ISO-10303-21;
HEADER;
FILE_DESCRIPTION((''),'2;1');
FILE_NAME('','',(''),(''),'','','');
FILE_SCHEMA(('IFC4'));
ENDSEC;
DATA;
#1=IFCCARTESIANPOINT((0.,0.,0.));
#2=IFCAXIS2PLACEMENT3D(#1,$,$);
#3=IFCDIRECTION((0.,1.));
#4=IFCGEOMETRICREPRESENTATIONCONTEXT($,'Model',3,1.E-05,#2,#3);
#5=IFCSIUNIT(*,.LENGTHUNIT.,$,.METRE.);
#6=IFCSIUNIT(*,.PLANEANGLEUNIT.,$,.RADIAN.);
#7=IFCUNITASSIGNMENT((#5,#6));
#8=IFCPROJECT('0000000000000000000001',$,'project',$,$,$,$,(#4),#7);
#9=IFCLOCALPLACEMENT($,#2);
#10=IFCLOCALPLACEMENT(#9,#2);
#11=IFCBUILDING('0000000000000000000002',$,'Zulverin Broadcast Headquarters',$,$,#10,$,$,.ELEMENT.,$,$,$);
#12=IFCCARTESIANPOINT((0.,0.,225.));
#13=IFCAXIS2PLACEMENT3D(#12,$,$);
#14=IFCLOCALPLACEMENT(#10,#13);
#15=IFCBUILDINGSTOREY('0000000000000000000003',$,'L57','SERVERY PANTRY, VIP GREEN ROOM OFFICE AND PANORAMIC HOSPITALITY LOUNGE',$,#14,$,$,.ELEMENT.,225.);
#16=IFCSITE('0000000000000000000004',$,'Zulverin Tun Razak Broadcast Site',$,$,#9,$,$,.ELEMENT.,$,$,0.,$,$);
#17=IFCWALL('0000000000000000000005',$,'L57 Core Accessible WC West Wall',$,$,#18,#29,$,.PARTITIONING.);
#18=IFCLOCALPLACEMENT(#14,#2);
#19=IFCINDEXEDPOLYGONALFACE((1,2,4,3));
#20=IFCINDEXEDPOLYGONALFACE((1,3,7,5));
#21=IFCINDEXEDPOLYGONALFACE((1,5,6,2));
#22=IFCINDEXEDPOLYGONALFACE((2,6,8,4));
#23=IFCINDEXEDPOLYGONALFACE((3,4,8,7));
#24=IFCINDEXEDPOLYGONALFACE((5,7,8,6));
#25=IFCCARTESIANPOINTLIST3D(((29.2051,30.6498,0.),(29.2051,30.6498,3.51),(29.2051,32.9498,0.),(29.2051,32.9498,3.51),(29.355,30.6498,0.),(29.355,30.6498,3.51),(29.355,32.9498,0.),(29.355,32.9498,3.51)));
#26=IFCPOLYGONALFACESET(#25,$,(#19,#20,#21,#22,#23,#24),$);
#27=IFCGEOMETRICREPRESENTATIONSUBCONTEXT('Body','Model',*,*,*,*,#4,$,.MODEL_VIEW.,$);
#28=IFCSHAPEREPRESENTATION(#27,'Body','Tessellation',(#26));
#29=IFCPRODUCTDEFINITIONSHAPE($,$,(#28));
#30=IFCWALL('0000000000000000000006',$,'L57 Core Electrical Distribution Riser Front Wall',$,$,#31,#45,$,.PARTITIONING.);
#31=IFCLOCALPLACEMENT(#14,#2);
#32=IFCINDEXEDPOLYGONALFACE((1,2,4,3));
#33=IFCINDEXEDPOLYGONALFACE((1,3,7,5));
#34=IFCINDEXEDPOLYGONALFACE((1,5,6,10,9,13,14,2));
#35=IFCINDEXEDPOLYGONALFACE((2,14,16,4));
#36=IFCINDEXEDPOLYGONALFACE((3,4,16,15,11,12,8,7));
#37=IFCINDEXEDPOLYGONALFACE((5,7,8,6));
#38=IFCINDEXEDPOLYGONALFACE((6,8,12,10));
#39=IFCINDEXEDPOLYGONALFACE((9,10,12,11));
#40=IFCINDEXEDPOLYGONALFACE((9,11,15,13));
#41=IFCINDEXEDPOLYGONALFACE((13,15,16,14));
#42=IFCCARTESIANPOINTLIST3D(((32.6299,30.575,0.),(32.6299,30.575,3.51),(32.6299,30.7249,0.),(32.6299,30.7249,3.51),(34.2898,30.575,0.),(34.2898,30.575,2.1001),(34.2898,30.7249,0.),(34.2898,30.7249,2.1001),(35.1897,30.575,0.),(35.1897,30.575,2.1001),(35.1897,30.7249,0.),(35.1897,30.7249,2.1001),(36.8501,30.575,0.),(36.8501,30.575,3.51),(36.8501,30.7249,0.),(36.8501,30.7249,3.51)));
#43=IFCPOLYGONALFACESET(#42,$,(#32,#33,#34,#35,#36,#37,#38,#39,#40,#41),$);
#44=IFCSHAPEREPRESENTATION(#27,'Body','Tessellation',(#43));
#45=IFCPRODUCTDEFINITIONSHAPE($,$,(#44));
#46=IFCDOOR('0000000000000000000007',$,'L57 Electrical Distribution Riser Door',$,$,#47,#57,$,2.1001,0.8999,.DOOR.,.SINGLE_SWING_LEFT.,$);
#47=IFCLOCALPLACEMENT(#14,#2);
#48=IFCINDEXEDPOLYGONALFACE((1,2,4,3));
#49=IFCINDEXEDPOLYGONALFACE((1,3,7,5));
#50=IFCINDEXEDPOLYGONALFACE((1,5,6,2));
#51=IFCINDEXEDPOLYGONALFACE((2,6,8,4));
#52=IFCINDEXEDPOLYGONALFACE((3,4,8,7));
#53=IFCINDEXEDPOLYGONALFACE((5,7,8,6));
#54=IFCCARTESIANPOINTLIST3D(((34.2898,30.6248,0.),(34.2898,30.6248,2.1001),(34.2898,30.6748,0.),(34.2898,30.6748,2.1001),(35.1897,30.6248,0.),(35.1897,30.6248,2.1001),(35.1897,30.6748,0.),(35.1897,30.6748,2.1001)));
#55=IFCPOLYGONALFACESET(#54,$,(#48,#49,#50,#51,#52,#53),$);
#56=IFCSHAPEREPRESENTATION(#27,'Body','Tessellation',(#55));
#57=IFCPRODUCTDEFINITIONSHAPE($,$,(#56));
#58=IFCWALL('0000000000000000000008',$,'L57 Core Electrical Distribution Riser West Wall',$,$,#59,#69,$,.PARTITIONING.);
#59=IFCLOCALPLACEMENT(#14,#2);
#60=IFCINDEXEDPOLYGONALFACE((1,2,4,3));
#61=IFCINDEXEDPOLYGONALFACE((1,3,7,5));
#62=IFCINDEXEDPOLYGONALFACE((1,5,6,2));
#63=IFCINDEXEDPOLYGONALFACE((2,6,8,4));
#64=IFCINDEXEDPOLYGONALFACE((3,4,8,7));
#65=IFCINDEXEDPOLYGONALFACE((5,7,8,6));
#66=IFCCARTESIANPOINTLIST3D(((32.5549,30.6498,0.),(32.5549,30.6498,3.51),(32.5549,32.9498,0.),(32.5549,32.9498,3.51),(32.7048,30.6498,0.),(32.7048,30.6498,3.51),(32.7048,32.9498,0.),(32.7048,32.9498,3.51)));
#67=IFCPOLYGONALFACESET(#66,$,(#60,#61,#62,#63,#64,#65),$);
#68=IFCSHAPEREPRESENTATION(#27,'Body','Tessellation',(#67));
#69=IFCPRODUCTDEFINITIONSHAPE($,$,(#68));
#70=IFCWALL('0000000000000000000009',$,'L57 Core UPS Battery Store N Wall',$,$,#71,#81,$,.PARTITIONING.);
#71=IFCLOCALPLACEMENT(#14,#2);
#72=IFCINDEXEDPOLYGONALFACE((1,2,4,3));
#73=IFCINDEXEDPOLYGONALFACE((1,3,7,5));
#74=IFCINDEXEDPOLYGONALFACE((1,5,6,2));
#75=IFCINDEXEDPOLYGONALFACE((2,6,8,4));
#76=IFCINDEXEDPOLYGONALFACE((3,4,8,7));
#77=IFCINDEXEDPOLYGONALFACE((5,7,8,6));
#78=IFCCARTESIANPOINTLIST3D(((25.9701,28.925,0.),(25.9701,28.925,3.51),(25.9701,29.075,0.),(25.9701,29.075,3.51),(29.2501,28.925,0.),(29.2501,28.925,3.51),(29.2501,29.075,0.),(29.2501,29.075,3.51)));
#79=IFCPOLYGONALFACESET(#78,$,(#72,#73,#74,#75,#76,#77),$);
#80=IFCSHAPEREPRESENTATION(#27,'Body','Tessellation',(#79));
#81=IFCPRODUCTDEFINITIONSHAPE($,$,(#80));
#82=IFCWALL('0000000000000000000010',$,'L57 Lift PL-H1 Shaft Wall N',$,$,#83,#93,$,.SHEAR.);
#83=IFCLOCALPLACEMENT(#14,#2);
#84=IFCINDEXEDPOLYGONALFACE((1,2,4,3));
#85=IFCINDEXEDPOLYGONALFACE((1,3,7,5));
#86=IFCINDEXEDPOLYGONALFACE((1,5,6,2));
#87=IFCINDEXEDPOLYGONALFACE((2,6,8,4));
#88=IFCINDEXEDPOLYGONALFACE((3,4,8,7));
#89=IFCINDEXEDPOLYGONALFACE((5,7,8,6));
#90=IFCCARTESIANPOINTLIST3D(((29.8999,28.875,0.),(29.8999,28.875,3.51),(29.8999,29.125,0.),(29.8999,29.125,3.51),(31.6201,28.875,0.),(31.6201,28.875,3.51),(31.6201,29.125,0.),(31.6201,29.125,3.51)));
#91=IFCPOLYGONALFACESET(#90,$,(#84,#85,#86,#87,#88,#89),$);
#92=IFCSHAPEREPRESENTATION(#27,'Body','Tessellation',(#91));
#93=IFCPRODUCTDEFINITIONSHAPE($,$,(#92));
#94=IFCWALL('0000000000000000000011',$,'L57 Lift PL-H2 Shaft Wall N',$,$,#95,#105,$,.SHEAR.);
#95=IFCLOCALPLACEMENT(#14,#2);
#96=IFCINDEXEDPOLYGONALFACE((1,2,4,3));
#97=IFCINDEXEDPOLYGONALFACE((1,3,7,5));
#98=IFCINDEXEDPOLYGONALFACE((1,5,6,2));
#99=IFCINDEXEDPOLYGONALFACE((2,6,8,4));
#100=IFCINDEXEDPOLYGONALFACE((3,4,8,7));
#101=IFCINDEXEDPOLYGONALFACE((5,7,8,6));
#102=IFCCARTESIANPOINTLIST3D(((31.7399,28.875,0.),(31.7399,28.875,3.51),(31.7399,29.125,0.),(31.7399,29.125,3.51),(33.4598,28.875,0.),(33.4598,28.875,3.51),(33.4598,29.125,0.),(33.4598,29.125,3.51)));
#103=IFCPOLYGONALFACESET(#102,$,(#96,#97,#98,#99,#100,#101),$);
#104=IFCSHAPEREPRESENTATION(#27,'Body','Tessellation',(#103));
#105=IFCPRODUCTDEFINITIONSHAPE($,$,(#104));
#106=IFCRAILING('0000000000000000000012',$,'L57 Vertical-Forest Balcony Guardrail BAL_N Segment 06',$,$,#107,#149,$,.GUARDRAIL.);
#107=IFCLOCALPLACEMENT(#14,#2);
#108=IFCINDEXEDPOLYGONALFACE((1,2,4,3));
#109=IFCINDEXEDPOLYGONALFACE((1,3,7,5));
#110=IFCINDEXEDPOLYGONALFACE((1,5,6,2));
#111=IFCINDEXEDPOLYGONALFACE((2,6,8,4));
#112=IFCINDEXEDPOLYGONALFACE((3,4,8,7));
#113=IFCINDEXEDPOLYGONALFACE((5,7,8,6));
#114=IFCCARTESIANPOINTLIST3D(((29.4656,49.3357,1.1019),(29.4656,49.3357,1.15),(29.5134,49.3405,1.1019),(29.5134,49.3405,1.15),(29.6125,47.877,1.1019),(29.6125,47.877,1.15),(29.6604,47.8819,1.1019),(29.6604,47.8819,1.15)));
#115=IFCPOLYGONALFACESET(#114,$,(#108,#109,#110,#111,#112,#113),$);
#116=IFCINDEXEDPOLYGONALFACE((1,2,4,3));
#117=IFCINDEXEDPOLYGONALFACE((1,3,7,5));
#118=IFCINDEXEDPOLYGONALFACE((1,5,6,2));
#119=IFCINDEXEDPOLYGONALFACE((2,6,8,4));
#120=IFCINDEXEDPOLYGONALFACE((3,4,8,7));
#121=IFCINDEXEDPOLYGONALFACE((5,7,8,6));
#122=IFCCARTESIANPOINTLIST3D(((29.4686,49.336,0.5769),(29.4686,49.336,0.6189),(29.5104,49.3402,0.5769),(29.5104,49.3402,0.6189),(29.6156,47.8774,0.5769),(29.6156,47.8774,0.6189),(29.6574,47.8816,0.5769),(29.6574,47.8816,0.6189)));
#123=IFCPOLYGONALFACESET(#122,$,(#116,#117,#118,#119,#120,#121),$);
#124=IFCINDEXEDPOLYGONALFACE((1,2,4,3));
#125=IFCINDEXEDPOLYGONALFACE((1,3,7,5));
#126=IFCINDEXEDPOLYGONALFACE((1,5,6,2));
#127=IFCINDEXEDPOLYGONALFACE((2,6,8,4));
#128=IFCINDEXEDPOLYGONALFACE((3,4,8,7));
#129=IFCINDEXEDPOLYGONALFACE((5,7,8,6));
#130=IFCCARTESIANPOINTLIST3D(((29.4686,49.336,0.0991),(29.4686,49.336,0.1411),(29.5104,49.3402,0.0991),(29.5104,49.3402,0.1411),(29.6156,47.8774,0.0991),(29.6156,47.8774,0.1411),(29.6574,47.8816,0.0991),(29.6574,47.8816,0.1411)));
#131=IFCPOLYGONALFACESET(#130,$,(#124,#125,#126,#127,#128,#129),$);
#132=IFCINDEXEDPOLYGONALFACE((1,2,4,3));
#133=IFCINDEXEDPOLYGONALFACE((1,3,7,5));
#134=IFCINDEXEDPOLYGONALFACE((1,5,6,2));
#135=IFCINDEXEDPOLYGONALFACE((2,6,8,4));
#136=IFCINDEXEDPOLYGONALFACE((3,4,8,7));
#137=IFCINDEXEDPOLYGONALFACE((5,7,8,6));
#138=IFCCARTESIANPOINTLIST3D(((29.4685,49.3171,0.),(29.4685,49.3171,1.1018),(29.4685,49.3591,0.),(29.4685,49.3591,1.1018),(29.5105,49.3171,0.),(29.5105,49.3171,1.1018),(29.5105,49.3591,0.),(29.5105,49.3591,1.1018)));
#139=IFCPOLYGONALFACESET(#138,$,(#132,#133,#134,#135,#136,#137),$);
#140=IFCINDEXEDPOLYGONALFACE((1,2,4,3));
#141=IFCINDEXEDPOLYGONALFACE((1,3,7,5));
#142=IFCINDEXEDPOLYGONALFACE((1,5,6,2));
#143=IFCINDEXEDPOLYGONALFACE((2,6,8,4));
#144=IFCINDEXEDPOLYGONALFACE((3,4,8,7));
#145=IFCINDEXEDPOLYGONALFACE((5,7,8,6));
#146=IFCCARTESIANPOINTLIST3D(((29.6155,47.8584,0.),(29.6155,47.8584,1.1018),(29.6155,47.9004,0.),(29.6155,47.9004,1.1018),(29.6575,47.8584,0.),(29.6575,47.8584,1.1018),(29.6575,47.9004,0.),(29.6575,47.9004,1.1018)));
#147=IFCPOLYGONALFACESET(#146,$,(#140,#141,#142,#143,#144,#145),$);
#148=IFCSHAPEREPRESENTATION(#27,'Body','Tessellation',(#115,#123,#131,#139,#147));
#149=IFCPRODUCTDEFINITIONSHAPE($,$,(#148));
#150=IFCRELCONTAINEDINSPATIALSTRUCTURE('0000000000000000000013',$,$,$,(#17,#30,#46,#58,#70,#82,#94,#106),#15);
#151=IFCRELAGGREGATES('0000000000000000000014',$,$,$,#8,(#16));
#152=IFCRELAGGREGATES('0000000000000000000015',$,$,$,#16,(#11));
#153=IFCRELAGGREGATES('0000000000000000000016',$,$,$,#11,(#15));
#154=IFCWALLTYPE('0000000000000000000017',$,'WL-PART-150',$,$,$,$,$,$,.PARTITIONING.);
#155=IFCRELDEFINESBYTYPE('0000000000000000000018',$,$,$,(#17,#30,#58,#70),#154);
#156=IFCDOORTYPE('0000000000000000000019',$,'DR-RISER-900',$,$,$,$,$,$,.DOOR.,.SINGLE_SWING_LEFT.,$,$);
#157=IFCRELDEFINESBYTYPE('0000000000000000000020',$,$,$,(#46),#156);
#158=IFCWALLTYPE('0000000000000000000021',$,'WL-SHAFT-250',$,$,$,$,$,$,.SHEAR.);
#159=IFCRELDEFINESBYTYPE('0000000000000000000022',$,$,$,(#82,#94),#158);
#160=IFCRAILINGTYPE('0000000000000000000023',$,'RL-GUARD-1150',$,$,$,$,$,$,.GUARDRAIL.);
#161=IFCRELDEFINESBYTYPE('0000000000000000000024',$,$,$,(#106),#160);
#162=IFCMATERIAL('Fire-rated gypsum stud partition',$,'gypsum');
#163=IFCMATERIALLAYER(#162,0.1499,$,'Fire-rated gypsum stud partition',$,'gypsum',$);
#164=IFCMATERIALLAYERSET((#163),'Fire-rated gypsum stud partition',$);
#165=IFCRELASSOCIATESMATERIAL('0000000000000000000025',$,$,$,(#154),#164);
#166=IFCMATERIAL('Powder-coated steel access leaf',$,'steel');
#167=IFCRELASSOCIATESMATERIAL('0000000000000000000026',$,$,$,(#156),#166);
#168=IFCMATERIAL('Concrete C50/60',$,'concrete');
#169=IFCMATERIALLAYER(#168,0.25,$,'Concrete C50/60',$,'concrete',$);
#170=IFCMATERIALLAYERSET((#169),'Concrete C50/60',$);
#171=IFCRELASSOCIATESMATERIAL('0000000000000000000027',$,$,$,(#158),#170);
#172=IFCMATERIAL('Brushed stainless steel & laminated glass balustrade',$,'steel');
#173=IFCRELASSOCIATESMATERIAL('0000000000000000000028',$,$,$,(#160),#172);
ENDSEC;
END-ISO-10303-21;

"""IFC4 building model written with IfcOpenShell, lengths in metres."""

from ifc_helpers import new_model, si_unit, direction, frame, frame_2d, origin, origin_2d, place, context, subcontext, project, spatial, rectangle, extrude, material, layer, layer_set, type_object, element, fill, save


model = new_model("IFC4")

# Units and contexts
model_context = context("Model", 3, precision=1e-05, world=origin(), true_north=direction((0.0, 1.0)))
body_context = subcontext(model_context, "Body", "Model", "MODEL_VIEW")
ifc_project = project(units=[si_unit("LENGTHUNIT", "METRE"), si_unit("PLANEANGLEUNIT", "RADIAN")], contexts=[model_context])

# Site, building, storey
site_placement = place(None, origin())
site = spatial("IfcSite", under=ifc_project, at=site_placement, Name="Zulverin Tun Razak Broadcast Site", CompositionType="ELEMENT", RefElevation=0.0)
building_placement = place(site_placement, origin())
building = spatial("IfcBuilding", under=site, at=building_placement, Name="Zulverin Broadcast Headquarters", CompositionType="ELEMENT")
storey_placement = place(building_placement, frame((0.0, 0.0, 225.0)))
storey = spatial("IfcBuildingStorey", under=building, at=storey_placement, Name="L57", Description="SERVERY PANTRY, VIP GREEN ROOM OFFICE AND PANORAMIC HOSPITALITY LOUNGE", CompositionType="ELEMENT", Elevation=225.0)

# Shared definitions
ifc_material_1 = material(Name="Concrete C50/60", Category="concrete")

# Shared definitions
ifc_material_2 = material(Name="Fire-rated gypsum stud partition", Category="gypsum")
ifc_layer_1 = layer(ifc_material_2, 0.1499, Name="Fire-rated gypsum stud partition", Category="gypsum")
ifc_layer_set_1 = layer_set([ifc_layer_1], Name="Fire-rated gypsum stud partition")
wall_type_1 = type_object("IfcWallType", Name="WL-PART-150", PredefinedType="PARTITIONING", material=ifc_layer_set_1)

# Wall
wall_1_placement = place(storey_placement, frame((29.28, 30.6499, 0.0), z_axis=(0.0, 0.0, 1.0), x_axis=(0.0, 1.0, 0.0)))
element("IfcWall", 1, at=wall_1_placement, inside=storey, type_object=wall_type_1, Name="L57 Core Accessible WC West Wall", PredefinedType="PARTITIONING", context=body_context, shape_type="SweptSolid", body=[
    extrude(rectangle(XDim=2.3, YDim=0.1499, at=frame_2d((1.1499, 0.0))), origin(), (0.0, 0.0, 1.0), 3.51),
])

# Wall, opening, door
wall_2_placement = place(storey_placement, frame((32.6299, 30.6499, 0.0), z_axis=(0.0, 0.0, 1.0), x_axis=(1.0, 0.0, 0.0)))
wall_2 = element("IfcWall", 2, at=wall_2_placement, inside=storey, type_object=wall_type_1, Name="L57 Core Electrical Distribution Riser Front Wall", PredefinedType="PARTITIONING", context=body_context, shape_type="SweptSolid", body=[
    extrude(rectangle(XDim=4.2202, YDim=0.1499, at=frame_2d((2.1101, 0.0))), origin(), (0.0, 0.0, 1.0), 3.51),
])
opening_1_placement = place(wall_2_placement, frame((1.6599, 0.0, 0.0)))
opening_1 = element("IfcOpeningElement", 3, at=opening_1_placement, cuts=wall_2, PredefinedType="OPENING", context=body_context, shape_type="SweptSolid", body=[
    extrude(rectangle(XDim=0.8999, YDim=2.1001, at=frame_2d((0.45, 1.05))), frame((0.0, 0.085, 0.0), z_axis=(0.0, -1.0, 0.0), x_axis=(1.0, 0.0, 0.0)), (0.0, 0.0, 1.0), 0.1699),
])
ifc_material_3 = material(Name="Powder-coated steel access leaf", Category="steel")
door_type_1 = type_object("IfcDoorType", Name="DR-RISER-900", OperationType="SINGLE_SWING_LEFT", PredefinedType="DOOR", material=ifc_material_3)
door_1_placement = place(opening_1_placement, origin())
door_1 = element("IfcDoor", 4, at=door_1_placement, inside=storey, type_object=door_type_1, Name="L57 Electrical Distribution Riser Door", OperationType="SINGLE_SWING_LEFT", OverallHeight=2.1001, OverallWidth=0.8999, PredefinedType="DOOR", context=body_context, shape_type="SweptSolid", body=[
    extrude(rectangle(XDim=0.8999, YDim=2.1001, at=frame_2d((0.45, 1.05))), frame((0.0, 0.0249, 0.0), z_axis=(0.0, -1.0, 0.0), x_axis=(1.0, 0.0, 0.0)), (0.0, 0.0, 1.0), 0.05),
])
fill(opening_1, door_1)

# Walls
wall_3_placement = place(storey_placement, frame((32.6299, 30.6499, 0.0), z_axis=(0.0, 0.0, 1.0), x_axis=(0.0, 1.0, 0.0)))
element("IfcWall", 5, at=wall_3_placement, inside=storey, type_object=wall_type_1, Name="L57 Core Electrical Distribution Riser West Wall", PredefinedType="PARTITIONING", context=body_context, shape_type="SweptSolid", body=[
    extrude(rectangle(XDim=2.3, YDim=0.1499, at=frame_2d((1.1499, 0.0))), origin(), (0.0, 0.0, 1.0), 3.51),
])
wall_4_placement = place(storey_placement, frame((25.97, 29.0, 0.0), z_axis=(0.0, 0.0, 1.0), x_axis=(1.0, 0.0, 0.0)))
element("IfcWall", 6, at=wall_4_placement, inside=storey, type_object=wall_type_1, Name="L57 Core UPS Battery Store N Wall", PredefinedType="PARTITIONING", context=body_context, shape_type="SweptSolid", body=[
    extrude(rectangle(XDim=3.28, YDim=0.1499, at=frame_2d((1.6401, 0.0))), origin(), (0.0, 0.0, 1.0), 3.51),
])
ifc_layer_2 = layer(ifc_material_1, 0.25, Name="Concrete C50/60", Category="concrete")
ifc_layer_set_2 = layer_set([ifc_layer_2], Name="Concrete C50/60")
wall_type_2 = type_object("IfcWallType", Name="WL-SHAFT-250", PredefinedType="SHEAR", material=ifc_layer_set_2)
wall_5_placement = place(storey_placement, frame((29.8999, 29.0, 0.0), z_axis=(0.0, 0.0, 1.0), x_axis=(1.0, 0.0, 0.0)))
element("IfcWall", 7, at=wall_5_placement, inside=storey, type_object=wall_type_2, Name="L57 Lift PL-H1 Shaft Wall N", PredefinedType="SHEAR", context=body_context, shape_type="SweptSolid", body=[
    extrude(rectangle(XDim=1.7202, YDim=0.25, at=frame_2d((0.8601, 0.0))), origin(), (0.0, 0.0, 1.0), 3.51),
])
wall_6_placement = place(storey_placement, frame((31.74, 29.0, 0.0), z_axis=(0.0, 0.0, 1.0), x_axis=(1.0, 0.0, 0.0)))
element("IfcWall", 8, at=wall_6_placement, inside=storey, type_object=wall_type_2, Name="L57 Lift PL-H2 Shaft Wall N", PredefinedType="SHEAR", context=body_context, shape_type="SweptSolid", body=[
    extrude(rectangle(XDim=1.72, YDim=0.25, at=frame_2d((0.8599, 0.0))), origin(), (0.0, 0.0, 1.0), 3.51),
])

# Railing
ifc_material_4 = material(Name="Brushed stainless steel & laminated glass balustrade", Category="steel")
railing_type = type_object("IfcRailingType", Name="RL-GUARD-1150", PredefinedType="GUARDRAIL", material=ifc_material_4)
railing_placement = place(storey_placement, frame((29.4895, 49.3381, 0.0)))
element("IfcRailing", 9, at=railing_placement, inside=storey, type_object=railing_type, Name="L57 Vertical-Forest Balcony Guardrail BAL_N Segment 06", PredefinedType="GUARDRAIL", context=body_context, shape_type="SweptSolid", body=[
    extrude(rectangle(XDim=0.0481, YDim=0.0481, at=origin_2d()), frame((0.0, 0.0, 1.126), z_axis=(0.100246, -0.994963, 0.0), x_axis=(0.994963, 0.100246, 0.0)), (0.0, 0.0, 1.0), 1.4661),
    extrude(rectangle(XDim=0.042, YDim=0.042, at=origin_2d()), frame((0.0, 0.0, 0.5979), z_axis=(0.100246, -0.994963, 0.0), x_axis=(0.994963, 0.100246, 0.0)), (0.0, 0.0, 1.0), 1.4661),
    extrude(rectangle(XDim=0.042, YDim=0.042, at=origin_2d()), frame((0.0, 0.0, 0.1201), z_axis=(0.100246, -0.994963, 0.0), x_axis=(0.994963, 0.100246, 0.0)), (0.0, 0.0, 1.0), 1.4661),
    extrude(rectangle(XDim=0.042, YDim=0.042, at=origin_2d()), origin(), (0.0, 0.0, 1.0), 1.1018),
    extrude(rectangle(XDim=0.042, YDim=0.042, at=origin_2d()), frame((0.147, -1.4587, 0.0)), (0.0, 0.0, 1.0), 1.1018),
])

save(model, "model.ifc")
